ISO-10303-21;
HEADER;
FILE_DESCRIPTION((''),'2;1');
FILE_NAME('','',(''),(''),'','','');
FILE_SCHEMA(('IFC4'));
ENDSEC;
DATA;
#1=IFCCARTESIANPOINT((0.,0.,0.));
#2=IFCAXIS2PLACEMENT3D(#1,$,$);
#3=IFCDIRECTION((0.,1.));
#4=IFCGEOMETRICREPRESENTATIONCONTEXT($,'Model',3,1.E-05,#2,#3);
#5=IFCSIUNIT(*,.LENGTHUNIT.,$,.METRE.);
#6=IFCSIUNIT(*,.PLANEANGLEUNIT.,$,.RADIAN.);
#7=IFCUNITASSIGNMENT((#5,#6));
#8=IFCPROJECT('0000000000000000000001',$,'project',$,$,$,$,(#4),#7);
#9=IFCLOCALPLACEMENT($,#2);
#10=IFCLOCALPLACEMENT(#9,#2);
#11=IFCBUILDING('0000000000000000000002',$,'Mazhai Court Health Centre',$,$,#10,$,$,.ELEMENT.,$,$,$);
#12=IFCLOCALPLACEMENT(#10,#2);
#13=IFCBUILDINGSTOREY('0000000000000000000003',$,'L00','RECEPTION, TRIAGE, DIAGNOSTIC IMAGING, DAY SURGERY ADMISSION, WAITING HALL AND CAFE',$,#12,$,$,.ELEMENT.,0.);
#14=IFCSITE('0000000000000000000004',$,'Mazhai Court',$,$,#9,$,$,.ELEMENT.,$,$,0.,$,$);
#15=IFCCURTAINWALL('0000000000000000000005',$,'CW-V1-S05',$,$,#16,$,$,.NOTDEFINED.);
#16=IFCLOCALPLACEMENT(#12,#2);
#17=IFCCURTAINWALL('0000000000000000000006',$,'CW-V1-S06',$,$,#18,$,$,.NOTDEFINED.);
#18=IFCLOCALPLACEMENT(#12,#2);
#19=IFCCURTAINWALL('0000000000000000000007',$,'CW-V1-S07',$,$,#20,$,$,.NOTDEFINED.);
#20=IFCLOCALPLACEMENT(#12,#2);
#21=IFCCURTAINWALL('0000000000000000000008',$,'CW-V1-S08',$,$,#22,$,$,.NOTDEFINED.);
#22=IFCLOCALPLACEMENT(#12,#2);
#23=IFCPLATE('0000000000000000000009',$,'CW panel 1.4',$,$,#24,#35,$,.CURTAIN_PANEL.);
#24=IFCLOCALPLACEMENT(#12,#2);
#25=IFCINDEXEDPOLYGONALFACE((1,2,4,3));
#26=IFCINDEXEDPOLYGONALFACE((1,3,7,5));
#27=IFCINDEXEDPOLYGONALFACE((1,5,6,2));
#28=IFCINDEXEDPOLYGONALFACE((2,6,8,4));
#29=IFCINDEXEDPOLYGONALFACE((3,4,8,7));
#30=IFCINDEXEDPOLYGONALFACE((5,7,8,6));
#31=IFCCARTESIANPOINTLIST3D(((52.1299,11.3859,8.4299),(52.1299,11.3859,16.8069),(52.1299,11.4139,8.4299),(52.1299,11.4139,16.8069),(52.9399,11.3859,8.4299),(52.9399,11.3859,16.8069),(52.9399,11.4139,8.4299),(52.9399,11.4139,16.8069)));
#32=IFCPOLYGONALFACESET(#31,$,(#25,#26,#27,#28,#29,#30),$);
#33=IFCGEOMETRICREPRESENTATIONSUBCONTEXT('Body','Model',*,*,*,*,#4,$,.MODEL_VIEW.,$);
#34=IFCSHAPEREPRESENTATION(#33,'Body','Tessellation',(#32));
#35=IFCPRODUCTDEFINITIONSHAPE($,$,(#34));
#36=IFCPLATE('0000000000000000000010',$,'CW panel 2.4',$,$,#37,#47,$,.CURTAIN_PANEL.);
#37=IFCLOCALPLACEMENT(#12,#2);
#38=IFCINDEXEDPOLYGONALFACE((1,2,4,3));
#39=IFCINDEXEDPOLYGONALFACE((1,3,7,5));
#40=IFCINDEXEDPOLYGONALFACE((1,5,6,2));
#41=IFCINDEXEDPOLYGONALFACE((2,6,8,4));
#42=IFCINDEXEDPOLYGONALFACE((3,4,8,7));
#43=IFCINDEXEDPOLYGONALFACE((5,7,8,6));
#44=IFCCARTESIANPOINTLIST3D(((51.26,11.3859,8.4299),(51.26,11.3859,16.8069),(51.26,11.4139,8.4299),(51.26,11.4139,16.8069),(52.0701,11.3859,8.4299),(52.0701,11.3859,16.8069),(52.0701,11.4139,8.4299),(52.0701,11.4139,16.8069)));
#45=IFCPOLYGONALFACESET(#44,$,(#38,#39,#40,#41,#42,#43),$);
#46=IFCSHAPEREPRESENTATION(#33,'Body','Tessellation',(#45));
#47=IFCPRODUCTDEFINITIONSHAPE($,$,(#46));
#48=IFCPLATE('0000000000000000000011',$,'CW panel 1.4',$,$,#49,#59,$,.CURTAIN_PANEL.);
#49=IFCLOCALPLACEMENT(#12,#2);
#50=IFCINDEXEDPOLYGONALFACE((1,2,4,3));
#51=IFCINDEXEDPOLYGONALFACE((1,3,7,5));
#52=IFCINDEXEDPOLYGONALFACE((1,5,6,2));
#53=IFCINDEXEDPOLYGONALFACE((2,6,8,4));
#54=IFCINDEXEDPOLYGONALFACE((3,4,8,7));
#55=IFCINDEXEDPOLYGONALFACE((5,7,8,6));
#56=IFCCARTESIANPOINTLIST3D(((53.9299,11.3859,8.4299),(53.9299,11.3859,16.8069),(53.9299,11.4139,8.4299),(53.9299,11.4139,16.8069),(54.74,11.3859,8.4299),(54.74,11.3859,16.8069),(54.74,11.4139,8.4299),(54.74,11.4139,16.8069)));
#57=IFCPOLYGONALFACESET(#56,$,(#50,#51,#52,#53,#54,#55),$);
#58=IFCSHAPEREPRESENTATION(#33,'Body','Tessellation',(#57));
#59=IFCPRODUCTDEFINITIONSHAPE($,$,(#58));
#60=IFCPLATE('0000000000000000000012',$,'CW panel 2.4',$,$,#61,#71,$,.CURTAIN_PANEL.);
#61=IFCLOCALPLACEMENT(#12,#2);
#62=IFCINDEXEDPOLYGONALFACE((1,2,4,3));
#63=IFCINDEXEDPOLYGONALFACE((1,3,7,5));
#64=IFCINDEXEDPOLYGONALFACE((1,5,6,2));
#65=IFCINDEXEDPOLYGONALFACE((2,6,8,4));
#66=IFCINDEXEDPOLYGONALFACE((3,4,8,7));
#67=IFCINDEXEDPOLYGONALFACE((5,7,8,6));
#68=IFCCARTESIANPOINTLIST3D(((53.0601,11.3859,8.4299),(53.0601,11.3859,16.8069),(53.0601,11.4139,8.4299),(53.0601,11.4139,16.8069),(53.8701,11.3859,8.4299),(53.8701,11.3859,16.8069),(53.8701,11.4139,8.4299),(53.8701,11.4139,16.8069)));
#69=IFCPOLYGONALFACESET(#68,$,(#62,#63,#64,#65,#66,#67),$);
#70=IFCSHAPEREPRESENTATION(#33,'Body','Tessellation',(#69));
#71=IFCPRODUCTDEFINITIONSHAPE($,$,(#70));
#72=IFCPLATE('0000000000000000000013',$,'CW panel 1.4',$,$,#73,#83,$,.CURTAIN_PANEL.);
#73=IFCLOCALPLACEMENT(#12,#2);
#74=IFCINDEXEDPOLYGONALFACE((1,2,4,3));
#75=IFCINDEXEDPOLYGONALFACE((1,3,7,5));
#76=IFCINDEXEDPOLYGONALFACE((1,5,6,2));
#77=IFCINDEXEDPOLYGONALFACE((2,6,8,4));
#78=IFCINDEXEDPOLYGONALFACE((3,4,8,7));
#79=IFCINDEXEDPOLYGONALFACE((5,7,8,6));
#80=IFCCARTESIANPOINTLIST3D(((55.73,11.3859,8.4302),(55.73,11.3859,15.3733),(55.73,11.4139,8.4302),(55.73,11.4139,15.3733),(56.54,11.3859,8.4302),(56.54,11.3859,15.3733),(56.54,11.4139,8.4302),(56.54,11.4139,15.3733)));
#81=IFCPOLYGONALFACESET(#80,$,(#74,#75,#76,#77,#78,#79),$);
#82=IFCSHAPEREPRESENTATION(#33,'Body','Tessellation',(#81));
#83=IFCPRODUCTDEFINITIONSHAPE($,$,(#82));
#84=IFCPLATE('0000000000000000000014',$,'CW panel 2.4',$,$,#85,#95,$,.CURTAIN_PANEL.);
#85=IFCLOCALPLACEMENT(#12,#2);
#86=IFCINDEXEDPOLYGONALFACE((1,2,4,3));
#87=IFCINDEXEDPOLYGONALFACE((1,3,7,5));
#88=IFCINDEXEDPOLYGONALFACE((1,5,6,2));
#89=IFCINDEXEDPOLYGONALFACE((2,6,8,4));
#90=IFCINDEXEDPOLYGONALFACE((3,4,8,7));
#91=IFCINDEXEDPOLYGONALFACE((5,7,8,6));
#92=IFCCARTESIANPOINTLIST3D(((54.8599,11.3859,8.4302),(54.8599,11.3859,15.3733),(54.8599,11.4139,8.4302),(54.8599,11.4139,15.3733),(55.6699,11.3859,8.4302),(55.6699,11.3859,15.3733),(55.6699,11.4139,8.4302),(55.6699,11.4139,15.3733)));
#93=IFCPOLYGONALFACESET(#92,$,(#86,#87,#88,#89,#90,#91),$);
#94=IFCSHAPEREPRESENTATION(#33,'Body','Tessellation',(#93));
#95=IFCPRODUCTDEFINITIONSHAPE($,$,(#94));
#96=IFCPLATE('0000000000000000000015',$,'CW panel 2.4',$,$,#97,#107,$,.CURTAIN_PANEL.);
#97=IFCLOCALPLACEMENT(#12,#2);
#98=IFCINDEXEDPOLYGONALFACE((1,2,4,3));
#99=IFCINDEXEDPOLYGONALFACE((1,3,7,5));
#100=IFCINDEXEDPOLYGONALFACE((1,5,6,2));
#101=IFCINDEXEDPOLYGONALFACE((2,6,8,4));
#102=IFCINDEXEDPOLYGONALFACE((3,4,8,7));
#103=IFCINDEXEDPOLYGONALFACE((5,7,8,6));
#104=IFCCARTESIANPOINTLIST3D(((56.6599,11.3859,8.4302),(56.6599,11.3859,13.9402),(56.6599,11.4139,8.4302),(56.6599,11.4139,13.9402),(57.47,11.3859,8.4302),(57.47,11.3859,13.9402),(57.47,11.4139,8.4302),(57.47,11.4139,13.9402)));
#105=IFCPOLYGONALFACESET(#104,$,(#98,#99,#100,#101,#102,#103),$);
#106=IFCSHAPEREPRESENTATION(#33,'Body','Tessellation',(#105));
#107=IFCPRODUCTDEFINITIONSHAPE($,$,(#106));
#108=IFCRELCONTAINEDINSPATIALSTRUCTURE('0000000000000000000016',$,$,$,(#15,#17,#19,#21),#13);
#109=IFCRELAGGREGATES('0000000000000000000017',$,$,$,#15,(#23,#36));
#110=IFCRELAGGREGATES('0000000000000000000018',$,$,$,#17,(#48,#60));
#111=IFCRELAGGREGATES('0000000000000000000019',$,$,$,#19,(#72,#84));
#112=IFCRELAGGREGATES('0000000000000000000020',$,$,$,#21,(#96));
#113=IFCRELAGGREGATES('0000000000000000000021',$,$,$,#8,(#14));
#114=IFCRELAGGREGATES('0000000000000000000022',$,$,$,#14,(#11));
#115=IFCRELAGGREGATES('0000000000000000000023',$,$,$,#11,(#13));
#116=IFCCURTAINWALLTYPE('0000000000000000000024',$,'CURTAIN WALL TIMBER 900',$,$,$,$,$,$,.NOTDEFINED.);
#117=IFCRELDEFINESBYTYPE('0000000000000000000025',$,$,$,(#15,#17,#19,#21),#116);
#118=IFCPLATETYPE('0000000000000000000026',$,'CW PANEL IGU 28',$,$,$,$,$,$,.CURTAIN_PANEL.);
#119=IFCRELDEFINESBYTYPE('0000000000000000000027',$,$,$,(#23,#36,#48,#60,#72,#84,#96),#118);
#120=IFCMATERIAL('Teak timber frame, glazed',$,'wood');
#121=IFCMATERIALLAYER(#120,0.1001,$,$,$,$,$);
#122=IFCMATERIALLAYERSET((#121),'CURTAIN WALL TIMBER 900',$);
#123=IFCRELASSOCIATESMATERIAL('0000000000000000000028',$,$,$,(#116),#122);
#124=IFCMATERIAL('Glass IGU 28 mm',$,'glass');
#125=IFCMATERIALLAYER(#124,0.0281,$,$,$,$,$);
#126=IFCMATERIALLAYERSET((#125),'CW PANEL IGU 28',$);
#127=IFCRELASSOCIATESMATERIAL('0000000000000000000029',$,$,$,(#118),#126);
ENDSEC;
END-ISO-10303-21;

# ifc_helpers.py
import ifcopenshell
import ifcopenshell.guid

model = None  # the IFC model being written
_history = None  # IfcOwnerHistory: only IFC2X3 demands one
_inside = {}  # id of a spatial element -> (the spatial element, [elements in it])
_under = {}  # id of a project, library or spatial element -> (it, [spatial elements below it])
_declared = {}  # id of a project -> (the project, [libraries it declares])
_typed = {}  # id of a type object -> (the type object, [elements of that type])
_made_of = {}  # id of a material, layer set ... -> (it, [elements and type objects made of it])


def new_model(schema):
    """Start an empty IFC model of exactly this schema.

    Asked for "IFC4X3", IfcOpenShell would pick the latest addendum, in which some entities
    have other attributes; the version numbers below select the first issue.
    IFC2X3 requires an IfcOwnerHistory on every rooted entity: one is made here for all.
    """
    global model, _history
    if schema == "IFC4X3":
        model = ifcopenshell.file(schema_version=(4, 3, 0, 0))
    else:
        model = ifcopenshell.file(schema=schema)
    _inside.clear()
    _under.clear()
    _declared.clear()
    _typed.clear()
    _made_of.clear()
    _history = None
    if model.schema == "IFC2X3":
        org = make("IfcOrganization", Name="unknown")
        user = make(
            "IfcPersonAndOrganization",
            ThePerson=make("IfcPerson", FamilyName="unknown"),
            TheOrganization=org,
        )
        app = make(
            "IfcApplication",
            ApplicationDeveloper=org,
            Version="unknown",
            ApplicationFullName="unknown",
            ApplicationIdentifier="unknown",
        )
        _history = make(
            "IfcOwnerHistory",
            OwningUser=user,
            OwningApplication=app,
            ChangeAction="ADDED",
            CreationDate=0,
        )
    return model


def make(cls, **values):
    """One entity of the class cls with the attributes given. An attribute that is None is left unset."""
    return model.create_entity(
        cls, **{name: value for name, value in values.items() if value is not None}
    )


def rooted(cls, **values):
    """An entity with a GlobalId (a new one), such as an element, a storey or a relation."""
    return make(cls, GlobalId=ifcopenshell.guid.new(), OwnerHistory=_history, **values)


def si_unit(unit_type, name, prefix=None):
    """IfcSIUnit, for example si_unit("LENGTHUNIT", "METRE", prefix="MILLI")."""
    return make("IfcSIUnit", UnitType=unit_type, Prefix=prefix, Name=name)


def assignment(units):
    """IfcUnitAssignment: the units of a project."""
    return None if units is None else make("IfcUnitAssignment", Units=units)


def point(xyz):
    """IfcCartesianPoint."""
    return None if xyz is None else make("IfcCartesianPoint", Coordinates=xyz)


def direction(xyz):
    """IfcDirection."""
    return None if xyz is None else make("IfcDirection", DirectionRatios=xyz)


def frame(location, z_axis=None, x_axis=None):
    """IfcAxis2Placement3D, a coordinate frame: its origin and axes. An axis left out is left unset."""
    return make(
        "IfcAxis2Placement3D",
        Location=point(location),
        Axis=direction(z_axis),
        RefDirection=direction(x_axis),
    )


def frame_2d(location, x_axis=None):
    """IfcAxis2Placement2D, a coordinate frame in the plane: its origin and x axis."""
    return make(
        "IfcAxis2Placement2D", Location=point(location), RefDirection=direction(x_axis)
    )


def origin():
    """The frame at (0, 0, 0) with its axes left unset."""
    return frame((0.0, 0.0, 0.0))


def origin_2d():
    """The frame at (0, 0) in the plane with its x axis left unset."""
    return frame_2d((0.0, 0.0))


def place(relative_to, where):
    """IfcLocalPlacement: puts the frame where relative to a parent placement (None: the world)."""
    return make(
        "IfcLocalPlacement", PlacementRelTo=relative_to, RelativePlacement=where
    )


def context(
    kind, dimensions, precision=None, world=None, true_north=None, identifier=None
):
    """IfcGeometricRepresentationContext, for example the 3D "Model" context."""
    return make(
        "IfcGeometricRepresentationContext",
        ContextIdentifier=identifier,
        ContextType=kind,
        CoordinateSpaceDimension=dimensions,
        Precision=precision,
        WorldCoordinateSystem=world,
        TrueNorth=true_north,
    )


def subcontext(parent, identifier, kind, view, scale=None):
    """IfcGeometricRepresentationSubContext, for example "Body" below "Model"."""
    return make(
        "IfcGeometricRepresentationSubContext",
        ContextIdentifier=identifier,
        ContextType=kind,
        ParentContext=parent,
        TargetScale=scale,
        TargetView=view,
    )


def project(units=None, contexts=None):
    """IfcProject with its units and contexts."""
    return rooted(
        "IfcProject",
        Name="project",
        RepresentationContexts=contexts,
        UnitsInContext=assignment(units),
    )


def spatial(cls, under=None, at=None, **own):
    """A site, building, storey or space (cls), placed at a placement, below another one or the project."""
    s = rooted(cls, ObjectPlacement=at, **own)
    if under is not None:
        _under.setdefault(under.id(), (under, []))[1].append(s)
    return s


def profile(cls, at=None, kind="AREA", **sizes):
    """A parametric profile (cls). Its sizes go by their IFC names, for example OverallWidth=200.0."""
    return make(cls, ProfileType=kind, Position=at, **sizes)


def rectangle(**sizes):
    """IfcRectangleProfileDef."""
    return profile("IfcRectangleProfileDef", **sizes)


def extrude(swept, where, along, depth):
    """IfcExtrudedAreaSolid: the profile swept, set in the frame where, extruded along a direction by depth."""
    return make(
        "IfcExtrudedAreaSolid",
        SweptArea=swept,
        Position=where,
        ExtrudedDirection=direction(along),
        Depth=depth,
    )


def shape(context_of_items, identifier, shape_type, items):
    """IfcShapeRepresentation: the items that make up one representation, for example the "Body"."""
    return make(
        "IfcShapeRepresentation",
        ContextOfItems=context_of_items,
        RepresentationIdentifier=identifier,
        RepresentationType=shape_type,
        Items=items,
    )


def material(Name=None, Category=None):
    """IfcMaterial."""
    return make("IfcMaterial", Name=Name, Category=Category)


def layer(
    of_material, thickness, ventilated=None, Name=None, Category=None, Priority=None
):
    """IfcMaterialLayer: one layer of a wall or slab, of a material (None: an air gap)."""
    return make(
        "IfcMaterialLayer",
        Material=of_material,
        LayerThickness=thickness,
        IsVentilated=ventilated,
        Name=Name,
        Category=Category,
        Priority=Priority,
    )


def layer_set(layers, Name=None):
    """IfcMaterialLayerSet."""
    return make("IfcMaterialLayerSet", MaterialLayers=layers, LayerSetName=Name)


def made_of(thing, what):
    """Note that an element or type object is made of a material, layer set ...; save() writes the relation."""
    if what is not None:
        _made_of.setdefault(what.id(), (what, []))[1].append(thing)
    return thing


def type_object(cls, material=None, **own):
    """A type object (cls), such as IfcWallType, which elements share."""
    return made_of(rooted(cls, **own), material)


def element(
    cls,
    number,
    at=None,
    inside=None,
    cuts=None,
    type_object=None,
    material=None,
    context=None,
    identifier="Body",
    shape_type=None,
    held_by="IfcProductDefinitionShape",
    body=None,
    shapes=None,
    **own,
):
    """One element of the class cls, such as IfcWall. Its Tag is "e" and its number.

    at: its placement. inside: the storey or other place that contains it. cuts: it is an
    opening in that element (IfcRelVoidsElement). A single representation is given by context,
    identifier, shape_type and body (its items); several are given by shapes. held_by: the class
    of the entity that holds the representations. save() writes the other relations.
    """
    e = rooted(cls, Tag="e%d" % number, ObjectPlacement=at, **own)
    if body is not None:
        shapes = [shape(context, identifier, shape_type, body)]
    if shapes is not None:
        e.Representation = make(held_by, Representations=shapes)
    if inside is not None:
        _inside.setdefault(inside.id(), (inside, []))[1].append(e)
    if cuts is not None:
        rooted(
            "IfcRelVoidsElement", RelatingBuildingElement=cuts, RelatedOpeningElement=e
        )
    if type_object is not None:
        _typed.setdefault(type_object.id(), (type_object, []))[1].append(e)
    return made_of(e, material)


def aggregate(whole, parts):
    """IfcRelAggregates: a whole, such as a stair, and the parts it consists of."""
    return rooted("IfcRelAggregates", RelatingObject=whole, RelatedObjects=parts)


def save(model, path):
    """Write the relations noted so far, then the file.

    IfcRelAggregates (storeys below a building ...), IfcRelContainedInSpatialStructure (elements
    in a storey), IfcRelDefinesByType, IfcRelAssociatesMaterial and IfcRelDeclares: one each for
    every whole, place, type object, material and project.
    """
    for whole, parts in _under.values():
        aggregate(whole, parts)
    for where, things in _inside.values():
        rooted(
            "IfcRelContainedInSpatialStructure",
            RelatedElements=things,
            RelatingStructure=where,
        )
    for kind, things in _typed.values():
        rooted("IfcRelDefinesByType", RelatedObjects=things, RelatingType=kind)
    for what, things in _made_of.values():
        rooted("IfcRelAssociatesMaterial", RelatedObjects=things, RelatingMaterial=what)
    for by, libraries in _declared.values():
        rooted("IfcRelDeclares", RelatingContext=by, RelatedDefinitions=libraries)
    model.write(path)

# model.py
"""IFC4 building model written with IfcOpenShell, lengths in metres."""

from ifc_helpers import new_model, si_unit, direction, frame, origin, origin_2d, place, context, subcontext, project, spatial, rectangle, extrude, material, layer, layer_set, type_object, element, aggregate, save


model = new_model("IFC4")

# Units and contexts
model_context = context("Model", 3, precision=1e-05, world=origin(), true_north=direction((0.0, 1.0)))
body_context = subcontext(model_context, "Body", "Model", "MODEL_VIEW")
ifc_project = project(units=[si_unit("LENGTHUNIT", "METRE"), si_unit("PLANEANGLEUNIT", "RADIAN")], contexts=[model_context])

# Site, building, storey
site_placement = place(None, origin())
site = spatial("IfcSite", under=ifc_project, at=site_placement, Name="Mazhai Court", CompositionType="ELEMENT", RefElevation=0.0)
building_placement = place(site_placement, origin())
building = spatial("IfcBuilding", under=site, at=building_placement, Name="Mazhai Court Health Centre", CompositionType="ELEMENT")
storey_placement = place(building_placement, origin())
storey = spatial("IfcBuildingStorey", under=building, at=storey_placement, Name="L00", Description="RECEPTION, TRIAGE, DIAGNOSTIC IMAGING, DAY SURGERY ADMISSION, WAITING HALL AND CAFE", CompositionType="ELEMENT", Elevation=0.0)

# Shared definitions
ifc_material_1 = material(Name="Teak timber frame, glazed", Category="wood")
ifc_layer_1 = layer(ifc_material_1, 0.1001)
ifc_layer_set_1 = layer_set([ifc_layer_1], Name="CURTAIN WALL TIMBER 900")
curtain_wall_type = type_object("IfcCurtainWallType", Name="CURTAIN WALL TIMBER 900", PredefinedType="NOTDEFINED", material=ifc_layer_set_1)

# Curtain walls
curtain_wall_1_placement = place(storey_placement, origin())
curtain_wall_1 = element("IfcCurtainWall", 1, at=curtain_wall_1_placement, inside=storey, type_object=curtain_wall_type, Name="CW-V1-S05", PredefinedType="NOTDEFINED")
curtain_wall_2_placement = place(storey_placement, origin())
curtain_wall_2 = element("IfcCurtainWall", 2, at=curtain_wall_2_placement, inside=storey, type_object=curtain_wall_type, Name="CW-V1-S06", PredefinedType="NOTDEFINED")
curtain_wall_3_placement = place(storey_placement, origin())
curtain_wall_3 = element("IfcCurtainWall", 3, at=curtain_wall_3_placement, inside=storey, type_object=curtain_wall_type, Name="CW-V1-S07", PredefinedType="NOTDEFINED")
curtain_wall_4_placement = place(storey_placement, origin())
curtain_wall_4 = element("IfcCurtainWall", 4, at=curtain_wall_4_placement, inside=storey, type_object=curtain_wall_type, Name="CW-V1-S08", PredefinedType="NOTDEFINED")

# Plates
ifc_material_2 = material(Name="Glass IGU 28 mm", Category="glass")
ifc_layer_2 = layer(ifc_material_2, 0.0281)
ifc_layer_set_2 = layer_set([ifc_layer_2], Name="CW PANEL IGU 28")
plate_type = type_object("IfcPlateType", Name="CW PANEL IGU 28", PredefinedType="CURTAIN_PANEL", material=ifc_layer_set_2)
plate_1_placement = place(storey_placement, frame((52.5349, 11.3999, 8.4299), z_axis=(0.0, 0.0, 1.0), x_axis=(-1.0, 0.0, 0.0)))
plate_1 = element("IfcPlate", 5, at=plate_1_placement, type_object=plate_type, Name="CW panel 1.4", PredefinedType="CURTAIN_PANEL", context=body_context, shape_type="SweptSolid", body=[
    extrude(rectangle(XDim=0.8101, YDim=0.0281, at=origin_2d()), origin(), (0.0, 0.0, 1.0), 8.377),
])
plate_2_placement = place(storey_placement, frame((51.665, 11.3999, 8.4299), z_axis=(0.0, 0.0, 1.0), x_axis=(-1.0, 0.0, 0.0)))
plate_2 = element("IfcPlate", 6, at=plate_2_placement, type_object=plate_type, Name="CW panel 2.4", PredefinedType="CURTAIN_PANEL", context=body_context, shape_type="SweptSolid", body=[
    extrude(rectangle(XDim=0.8101, YDim=0.0281, at=origin_2d()), origin(), (0.0, 0.0, 1.0), 8.377),
])
aggregate(curtain_wall_1, [plate_1, plate_2])
plate_3_placement = place(storey_placement, frame((54.335, 11.3999, 8.4299), z_axis=(0.0, 0.0, 1.0), x_axis=(-1.0, 0.0, 0.0)))
plate_3 = element("IfcPlate", 7, at=plate_3_placement, type_object=plate_type, Name="CW panel 1.4", PredefinedType="CURTAIN_PANEL", context=body_context, shape_type="SweptSolid", body=[
    extrude(rectangle(XDim=0.8101, YDim=0.0281, at=origin_2d()), origin(), (0.0, 0.0, 1.0), 8.377),
])
plate_4_placement = place(storey_placement, frame((53.4651, 11.3999, 8.4299), z_axis=(0.0, 0.0, 1.0), x_axis=(-1.0, 0.0, 0.0)))
plate_4 = element("IfcPlate", 8, at=plate_4_placement, type_object=plate_type, Name="CW panel 2.4", PredefinedType="CURTAIN_PANEL", context=body_context, shape_type="SweptSolid", body=[
    extrude(rectangle(XDim=0.8101, YDim=0.0281, at=origin_2d()), origin(), (0.0, 0.0, 1.0), 8.377),
])
aggregate(curtain_wall_2, [plate_3, plate_4])
plate_5_placement = place(storey_placement, frame((56.135, 11.3999, 8.4302), z_axis=(0.0, 0.0, 1.0), x_axis=(-1.0, 0.0, 0.0)))
plate_5 = element("IfcPlate", 9, at=plate_5_placement, type_object=plate_type, Name="CW panel 1.4", PredefinedType="CURTAIN_PANEL", context=body_context, shape_type="SweptSolid", body=[
    extrude(rectangle(XDim=0.8101, YDim=0.0281, at=origin_2d()), origin(), (0.0, 0.0, 1.0), 6.9431),
])
plate_6_placement = place(storey_placement, frame((55.2649, 11.3999, 8.4302), z_axis=(0.0, 0.0, 1.0), x_axis=(-1.0, 0.0, 0.0)))
plate_6 = element("IfcPlate", 10, at=plate_6_placement, type_object=plate_type, Name="CW panel 2.4", PredefinedType="CURTAIN_PANEL", context=body_context, shape_type="SweptSolid", body=[
    extrude(rectangle(XDim=0.8101, YDim=0.0281, at=origin_2d()), origin(), (0.0, 0.0, 1.0), 6.9431),
])
aggregate(curtain_wall_3, [plate_5, plate_6])
plate_7_placement = place(storey_placement, frame((57.0649, 11.3999, 8.4302), z_axis=(0.0, 0.0, 1.0), x_axis=(-1.0, 0.0, 0.0)))
plate_7 = element("IfcPlate", 11, at=plate_7_placement, type_object=plate_type, Name="CW panel 2.4", PredefinedType="CURTAIN_PANEL", context=body_context, shape_type="SweptSolid", body=[
    extrude(rectangle(XDim=0.8101, YDim=0.0281, at=origin_2d()), origin(), (0.0, 0.0, 1.0), 5.51),
])
aggregate(curtain_wall_4, [plate_7])

save(model, "model.ifc")
